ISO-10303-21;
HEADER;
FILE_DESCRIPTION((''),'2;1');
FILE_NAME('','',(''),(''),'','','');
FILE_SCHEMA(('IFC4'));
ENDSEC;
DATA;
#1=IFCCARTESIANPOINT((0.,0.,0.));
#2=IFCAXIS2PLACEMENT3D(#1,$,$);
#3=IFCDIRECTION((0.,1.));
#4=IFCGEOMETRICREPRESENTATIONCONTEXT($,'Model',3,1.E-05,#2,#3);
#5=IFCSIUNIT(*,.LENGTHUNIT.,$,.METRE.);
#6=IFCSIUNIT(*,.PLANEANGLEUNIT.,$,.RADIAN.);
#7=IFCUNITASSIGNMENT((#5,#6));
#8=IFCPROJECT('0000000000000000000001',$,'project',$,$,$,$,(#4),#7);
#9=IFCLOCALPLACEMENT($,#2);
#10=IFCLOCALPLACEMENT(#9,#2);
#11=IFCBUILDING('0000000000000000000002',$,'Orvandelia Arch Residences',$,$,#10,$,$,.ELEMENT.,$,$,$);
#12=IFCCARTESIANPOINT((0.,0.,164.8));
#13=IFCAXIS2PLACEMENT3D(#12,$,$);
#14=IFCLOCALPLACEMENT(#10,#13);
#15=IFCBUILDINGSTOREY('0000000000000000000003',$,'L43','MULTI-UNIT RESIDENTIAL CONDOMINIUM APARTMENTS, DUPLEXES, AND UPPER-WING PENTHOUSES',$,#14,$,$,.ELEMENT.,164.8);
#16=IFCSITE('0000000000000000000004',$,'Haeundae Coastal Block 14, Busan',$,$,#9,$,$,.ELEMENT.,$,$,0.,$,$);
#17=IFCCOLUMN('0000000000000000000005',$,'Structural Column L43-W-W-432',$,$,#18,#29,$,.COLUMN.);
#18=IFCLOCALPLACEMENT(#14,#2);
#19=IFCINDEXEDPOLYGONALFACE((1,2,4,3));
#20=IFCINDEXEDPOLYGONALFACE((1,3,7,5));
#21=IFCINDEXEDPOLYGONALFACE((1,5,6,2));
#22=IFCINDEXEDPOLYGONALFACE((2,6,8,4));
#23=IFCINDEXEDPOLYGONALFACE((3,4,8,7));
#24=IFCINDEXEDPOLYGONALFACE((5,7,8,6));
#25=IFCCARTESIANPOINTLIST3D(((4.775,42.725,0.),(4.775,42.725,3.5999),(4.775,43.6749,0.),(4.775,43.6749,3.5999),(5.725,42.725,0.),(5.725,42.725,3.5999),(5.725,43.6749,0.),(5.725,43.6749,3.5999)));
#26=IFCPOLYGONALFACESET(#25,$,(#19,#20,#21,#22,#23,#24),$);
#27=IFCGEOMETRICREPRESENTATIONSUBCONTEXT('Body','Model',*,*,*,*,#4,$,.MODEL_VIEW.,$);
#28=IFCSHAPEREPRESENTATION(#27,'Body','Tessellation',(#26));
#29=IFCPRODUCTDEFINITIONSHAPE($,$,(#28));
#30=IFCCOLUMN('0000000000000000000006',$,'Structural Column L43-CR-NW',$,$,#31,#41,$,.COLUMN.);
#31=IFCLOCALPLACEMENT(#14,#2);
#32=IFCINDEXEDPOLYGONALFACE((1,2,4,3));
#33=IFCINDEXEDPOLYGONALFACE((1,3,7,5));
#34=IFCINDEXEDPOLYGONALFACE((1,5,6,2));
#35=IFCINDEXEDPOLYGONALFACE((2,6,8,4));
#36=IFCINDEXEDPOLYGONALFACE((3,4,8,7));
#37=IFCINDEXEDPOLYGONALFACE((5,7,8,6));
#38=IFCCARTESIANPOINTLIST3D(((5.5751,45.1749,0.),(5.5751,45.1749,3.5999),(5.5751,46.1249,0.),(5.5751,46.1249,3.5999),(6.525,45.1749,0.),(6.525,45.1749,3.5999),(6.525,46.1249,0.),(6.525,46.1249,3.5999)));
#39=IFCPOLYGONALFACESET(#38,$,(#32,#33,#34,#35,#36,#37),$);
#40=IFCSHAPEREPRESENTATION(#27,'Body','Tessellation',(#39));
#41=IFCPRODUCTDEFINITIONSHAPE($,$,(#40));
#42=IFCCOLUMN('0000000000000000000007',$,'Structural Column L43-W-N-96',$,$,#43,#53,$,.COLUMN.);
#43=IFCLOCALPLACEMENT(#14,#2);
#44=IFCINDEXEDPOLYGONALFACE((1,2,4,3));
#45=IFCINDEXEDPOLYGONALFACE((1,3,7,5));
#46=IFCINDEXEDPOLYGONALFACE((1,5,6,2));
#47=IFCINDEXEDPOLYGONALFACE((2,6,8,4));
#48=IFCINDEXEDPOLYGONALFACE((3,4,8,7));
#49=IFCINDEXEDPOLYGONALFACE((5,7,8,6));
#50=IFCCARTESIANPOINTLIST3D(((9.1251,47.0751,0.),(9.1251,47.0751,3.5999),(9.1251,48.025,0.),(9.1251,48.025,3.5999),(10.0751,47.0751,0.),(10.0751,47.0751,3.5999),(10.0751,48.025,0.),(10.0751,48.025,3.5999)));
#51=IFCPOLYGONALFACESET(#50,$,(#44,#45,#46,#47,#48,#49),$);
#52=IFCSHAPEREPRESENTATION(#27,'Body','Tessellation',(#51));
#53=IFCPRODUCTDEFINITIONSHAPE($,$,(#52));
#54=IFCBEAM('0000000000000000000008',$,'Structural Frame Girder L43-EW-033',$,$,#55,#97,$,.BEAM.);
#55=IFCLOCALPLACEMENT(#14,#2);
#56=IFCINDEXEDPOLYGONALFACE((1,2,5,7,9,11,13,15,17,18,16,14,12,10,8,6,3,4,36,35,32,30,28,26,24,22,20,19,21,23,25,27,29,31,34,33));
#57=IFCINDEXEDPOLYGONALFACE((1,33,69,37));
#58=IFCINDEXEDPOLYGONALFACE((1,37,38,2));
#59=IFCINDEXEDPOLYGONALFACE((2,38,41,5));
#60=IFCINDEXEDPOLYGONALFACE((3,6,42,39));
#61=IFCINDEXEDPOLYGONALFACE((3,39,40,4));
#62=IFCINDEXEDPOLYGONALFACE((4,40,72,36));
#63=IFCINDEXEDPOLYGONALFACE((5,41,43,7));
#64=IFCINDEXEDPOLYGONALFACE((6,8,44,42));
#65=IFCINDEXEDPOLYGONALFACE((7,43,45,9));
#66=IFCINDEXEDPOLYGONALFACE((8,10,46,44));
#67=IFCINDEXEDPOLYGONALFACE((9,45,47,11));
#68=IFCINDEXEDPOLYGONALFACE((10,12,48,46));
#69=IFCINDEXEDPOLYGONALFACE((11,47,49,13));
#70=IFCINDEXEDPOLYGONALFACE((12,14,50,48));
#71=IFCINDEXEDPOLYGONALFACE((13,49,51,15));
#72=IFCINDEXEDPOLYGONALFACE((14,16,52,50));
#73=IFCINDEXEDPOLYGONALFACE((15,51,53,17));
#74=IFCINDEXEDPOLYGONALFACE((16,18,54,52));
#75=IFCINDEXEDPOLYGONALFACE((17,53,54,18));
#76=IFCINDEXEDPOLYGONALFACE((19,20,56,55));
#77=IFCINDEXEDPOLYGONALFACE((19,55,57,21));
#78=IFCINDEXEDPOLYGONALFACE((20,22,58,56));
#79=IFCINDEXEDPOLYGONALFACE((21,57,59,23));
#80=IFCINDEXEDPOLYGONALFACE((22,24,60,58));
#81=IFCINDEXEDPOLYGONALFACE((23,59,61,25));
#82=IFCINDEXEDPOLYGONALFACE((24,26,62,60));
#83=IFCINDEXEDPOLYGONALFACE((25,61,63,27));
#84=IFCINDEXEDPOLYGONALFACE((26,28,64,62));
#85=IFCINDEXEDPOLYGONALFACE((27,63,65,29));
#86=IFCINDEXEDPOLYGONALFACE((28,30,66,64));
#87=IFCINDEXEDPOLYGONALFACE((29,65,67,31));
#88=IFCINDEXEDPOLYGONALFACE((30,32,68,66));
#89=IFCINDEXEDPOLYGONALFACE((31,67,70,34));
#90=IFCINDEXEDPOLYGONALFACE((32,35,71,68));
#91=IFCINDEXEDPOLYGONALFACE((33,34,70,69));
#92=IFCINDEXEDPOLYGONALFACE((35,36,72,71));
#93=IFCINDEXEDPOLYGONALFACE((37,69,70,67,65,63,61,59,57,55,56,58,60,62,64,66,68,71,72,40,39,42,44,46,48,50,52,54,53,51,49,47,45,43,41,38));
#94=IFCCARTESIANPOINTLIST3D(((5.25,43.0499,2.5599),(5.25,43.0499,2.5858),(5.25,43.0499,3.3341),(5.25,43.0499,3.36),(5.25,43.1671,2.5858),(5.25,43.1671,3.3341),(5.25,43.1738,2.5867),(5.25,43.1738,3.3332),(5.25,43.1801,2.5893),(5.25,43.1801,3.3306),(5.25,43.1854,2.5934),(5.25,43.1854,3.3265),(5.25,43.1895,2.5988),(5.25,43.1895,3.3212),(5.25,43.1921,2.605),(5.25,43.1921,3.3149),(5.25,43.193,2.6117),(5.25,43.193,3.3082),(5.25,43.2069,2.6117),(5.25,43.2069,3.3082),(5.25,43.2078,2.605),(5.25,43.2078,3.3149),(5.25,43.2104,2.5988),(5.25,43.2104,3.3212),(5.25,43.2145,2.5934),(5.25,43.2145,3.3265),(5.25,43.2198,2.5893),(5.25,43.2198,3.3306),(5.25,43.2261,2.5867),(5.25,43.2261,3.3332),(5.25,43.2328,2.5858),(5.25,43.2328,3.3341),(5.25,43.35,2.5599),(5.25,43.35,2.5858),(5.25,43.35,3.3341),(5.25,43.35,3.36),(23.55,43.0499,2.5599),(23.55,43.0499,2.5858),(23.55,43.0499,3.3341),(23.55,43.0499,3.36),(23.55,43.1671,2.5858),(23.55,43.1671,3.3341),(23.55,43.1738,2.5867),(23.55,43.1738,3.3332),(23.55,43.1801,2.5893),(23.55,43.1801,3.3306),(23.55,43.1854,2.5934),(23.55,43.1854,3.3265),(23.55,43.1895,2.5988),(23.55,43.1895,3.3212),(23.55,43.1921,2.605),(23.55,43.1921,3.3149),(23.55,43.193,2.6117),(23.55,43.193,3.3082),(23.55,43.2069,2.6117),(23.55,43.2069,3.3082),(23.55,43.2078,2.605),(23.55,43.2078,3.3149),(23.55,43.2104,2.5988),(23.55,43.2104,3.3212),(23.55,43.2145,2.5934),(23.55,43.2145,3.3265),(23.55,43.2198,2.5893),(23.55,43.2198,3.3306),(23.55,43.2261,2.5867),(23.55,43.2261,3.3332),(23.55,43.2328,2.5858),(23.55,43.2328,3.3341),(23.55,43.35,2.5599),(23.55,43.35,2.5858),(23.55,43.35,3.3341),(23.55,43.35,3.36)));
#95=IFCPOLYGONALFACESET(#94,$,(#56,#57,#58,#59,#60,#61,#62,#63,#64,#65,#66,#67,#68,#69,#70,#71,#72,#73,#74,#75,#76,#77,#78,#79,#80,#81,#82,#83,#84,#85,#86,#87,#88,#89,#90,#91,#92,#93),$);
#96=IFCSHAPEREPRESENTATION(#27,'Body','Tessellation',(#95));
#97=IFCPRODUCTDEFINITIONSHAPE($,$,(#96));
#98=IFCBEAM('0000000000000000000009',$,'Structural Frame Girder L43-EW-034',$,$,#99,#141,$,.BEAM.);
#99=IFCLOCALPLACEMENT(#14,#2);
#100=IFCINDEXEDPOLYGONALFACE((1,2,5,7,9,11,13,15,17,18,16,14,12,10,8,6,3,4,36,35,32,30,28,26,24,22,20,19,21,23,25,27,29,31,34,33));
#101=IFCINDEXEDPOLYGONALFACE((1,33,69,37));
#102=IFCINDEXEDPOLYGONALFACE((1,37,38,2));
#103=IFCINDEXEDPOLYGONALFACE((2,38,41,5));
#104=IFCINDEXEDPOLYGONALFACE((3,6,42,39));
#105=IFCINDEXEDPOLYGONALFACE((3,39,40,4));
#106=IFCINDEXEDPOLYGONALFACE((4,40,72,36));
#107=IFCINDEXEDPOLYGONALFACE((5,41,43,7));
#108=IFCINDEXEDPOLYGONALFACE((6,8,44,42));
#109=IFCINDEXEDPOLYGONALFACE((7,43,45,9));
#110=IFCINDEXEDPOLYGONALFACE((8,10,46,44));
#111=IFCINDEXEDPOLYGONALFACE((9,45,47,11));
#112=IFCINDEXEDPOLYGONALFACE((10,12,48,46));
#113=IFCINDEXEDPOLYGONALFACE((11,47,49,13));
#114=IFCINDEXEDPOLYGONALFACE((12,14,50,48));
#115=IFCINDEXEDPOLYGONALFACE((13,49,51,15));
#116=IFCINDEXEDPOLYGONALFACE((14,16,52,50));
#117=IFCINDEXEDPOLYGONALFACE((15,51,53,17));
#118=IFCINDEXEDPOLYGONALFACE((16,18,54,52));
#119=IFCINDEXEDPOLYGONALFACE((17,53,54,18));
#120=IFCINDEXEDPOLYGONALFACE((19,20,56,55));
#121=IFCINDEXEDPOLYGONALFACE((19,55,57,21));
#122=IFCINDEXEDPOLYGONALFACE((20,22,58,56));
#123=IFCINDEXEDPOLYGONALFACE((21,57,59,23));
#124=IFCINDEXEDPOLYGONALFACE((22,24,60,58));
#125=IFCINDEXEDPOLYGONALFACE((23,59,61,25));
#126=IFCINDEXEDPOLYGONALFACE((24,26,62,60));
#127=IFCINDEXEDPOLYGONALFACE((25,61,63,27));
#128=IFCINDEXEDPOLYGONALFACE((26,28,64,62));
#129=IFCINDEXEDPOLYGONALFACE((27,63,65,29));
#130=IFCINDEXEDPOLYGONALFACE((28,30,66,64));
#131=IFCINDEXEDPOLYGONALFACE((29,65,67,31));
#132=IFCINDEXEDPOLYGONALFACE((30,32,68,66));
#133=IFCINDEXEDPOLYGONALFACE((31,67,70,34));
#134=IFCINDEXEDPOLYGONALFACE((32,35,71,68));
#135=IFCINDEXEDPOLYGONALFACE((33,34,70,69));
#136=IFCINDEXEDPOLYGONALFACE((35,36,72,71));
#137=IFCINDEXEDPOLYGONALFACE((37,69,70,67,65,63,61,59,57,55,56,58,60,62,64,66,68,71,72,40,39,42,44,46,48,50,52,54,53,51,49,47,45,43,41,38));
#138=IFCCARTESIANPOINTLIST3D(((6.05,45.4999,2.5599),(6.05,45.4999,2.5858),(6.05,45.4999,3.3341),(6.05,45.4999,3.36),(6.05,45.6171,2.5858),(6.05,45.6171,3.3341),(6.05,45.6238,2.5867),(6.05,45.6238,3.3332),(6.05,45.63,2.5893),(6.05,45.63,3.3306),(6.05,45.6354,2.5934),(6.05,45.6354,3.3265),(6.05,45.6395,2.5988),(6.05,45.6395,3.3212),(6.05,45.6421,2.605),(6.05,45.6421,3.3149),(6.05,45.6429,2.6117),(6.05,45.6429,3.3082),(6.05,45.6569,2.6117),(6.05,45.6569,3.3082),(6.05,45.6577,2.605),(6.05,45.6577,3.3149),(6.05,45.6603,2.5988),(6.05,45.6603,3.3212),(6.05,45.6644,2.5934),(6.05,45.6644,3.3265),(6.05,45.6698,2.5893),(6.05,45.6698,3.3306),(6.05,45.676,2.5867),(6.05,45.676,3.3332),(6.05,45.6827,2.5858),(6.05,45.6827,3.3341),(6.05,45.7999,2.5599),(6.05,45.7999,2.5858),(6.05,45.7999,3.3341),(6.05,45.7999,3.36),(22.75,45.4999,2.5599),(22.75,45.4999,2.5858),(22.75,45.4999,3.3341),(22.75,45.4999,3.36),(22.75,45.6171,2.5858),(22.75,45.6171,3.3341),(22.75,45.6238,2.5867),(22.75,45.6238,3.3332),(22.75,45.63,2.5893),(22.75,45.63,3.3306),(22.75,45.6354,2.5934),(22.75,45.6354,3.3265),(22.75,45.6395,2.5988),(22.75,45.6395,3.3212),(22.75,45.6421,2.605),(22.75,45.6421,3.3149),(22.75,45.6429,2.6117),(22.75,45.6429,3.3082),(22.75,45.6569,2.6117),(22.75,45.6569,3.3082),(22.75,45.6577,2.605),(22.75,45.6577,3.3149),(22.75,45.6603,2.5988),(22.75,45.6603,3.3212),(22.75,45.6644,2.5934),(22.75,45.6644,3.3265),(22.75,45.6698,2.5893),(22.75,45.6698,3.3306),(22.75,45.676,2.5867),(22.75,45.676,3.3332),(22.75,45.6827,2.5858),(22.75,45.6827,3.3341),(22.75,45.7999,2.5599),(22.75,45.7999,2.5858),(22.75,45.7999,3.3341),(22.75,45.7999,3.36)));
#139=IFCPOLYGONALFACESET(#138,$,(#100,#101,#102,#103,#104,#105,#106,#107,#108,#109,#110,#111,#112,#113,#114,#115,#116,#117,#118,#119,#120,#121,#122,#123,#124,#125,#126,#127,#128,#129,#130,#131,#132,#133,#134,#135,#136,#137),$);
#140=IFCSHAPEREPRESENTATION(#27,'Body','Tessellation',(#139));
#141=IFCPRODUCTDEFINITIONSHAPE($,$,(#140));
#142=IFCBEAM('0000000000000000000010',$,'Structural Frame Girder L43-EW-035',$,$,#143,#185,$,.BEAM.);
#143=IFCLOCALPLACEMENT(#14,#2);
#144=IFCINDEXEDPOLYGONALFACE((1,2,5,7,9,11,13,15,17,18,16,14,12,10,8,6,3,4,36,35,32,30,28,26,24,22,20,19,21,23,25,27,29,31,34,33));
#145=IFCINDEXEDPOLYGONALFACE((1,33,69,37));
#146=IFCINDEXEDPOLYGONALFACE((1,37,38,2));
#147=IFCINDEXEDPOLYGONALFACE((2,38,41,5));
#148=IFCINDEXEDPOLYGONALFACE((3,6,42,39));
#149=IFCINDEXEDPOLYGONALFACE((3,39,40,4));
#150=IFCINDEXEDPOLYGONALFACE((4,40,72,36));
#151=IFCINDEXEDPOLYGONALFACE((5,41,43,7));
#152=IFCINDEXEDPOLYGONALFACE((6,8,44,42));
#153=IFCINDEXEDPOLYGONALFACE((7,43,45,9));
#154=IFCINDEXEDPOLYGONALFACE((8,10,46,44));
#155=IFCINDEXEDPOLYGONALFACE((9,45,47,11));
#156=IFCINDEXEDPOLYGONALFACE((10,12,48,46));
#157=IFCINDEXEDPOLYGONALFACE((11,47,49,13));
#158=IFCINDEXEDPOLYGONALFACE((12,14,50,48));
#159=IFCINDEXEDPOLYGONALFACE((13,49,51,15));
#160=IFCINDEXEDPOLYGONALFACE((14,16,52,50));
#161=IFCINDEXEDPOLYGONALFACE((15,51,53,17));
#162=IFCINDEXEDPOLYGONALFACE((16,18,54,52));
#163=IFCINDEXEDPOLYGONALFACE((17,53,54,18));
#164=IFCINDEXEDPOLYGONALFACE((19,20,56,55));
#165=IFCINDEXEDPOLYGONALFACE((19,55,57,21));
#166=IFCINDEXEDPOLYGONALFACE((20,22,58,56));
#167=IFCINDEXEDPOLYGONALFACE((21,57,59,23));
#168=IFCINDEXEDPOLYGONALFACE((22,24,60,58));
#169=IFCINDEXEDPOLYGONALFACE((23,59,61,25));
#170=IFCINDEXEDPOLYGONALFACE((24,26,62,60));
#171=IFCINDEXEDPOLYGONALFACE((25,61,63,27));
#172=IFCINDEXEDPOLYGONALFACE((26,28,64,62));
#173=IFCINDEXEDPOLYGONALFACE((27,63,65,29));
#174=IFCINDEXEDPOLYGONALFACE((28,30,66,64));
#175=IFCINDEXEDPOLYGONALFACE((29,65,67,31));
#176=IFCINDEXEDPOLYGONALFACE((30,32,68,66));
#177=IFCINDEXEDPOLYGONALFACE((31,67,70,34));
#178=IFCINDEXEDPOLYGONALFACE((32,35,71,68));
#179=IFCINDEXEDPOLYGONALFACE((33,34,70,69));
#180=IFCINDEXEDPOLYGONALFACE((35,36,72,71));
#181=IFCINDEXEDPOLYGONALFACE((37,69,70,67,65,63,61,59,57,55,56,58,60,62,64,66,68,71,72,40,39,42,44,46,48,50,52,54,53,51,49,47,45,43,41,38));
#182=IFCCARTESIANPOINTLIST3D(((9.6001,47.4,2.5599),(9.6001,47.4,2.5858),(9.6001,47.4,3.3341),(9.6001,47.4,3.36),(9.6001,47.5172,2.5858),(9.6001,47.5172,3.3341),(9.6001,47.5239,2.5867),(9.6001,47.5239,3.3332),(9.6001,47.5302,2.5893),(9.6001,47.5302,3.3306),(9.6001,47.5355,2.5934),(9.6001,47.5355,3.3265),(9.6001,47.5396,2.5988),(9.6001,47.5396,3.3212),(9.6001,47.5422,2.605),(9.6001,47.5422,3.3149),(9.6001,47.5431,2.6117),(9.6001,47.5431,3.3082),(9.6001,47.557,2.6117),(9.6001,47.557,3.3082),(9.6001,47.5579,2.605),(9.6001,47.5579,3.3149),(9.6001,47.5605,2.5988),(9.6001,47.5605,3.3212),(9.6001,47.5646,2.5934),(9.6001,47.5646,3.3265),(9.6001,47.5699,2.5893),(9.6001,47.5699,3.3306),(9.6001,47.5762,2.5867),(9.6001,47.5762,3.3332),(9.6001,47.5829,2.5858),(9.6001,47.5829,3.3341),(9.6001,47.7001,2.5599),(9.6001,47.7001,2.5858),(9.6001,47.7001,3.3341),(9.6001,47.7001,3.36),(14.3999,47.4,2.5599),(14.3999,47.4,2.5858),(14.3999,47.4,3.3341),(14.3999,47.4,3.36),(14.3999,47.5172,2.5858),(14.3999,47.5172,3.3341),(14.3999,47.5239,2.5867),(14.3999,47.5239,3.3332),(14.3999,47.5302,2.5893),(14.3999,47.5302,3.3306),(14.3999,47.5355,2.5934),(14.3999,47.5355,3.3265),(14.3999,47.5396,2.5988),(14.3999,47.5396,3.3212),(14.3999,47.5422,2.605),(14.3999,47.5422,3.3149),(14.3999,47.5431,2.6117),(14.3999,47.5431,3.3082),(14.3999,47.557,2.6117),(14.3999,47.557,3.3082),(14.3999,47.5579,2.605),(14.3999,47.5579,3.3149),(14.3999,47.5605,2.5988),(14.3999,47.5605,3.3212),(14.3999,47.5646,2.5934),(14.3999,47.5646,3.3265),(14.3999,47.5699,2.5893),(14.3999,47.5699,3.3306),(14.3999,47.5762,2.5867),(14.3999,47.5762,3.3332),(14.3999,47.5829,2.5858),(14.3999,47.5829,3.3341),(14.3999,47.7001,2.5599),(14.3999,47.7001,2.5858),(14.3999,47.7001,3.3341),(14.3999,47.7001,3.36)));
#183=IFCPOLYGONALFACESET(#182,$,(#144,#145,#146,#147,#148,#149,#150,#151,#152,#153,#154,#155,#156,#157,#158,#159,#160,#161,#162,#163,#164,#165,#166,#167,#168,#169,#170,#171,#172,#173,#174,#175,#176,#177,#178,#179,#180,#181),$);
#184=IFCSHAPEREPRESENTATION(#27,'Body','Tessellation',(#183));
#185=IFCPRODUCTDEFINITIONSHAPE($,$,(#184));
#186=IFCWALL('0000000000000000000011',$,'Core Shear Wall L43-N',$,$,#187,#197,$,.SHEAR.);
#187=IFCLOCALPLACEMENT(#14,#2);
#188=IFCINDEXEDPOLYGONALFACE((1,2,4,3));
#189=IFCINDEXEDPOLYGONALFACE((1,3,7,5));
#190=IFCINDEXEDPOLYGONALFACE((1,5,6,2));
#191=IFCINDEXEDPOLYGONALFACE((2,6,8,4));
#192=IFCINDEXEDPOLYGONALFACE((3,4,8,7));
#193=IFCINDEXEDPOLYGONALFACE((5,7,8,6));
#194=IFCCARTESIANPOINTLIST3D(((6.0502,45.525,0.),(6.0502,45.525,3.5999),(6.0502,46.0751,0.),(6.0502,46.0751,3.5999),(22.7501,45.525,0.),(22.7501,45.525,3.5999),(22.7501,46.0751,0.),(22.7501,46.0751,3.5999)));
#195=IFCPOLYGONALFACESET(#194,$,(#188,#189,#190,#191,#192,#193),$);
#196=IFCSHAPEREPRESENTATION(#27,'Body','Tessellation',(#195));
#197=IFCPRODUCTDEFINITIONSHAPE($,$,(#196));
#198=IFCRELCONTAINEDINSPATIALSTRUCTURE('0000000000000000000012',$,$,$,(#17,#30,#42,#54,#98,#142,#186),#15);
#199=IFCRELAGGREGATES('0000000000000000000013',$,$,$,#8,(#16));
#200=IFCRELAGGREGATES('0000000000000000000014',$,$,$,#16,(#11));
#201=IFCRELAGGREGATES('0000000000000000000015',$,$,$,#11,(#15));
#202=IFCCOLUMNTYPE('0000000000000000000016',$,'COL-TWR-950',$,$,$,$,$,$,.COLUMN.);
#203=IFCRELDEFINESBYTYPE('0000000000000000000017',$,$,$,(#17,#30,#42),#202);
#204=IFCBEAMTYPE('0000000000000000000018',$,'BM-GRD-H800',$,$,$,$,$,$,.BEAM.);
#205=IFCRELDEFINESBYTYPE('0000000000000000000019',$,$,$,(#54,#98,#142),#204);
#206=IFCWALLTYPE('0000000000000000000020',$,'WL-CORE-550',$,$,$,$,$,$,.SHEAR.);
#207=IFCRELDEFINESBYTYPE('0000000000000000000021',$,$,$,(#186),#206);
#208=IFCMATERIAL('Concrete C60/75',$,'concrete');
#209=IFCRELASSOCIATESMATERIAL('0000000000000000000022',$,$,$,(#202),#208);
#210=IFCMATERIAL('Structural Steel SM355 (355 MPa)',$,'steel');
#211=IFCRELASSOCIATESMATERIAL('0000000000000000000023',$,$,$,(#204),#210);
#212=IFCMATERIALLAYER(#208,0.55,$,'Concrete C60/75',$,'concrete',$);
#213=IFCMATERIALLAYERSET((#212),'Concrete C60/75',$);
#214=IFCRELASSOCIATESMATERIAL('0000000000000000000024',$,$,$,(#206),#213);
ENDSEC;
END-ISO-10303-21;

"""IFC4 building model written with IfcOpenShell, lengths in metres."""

from ifc_helpers import new_model, si_unit, direction, frame, frame_2d, origin, origin_2d, place, context, subcontext, project, spatial, rectangle, i_section, extrude, material, layer, layer_set, material_profile, profile_set, type_object, element, save


model = new_model("IFC4")

# Units and contexts
model_context = context("Model", 3, precision=1e-05, world=origin(), true_north=direction((0.0, 1.0)))
body_context = subcontext(model_context, "Body", "Model", "MODEL_VIEW")
ifc_project = project(units=[si_unit("LENGTHUNIT", "METRE"), si_unit("PLANEANGLEUNIT", "RADIAN")], contexts=[model_context])

# Site, building, storey
site_placement = place(None, origin())
site = spatial("IfcSite", under=ifc_project, at=site_placement, Name="Haeundae Coastal Block 14, Busan", CompositionType="ELEMENT", RefElevation=0.0)
building_placement = place(site_placement, origin())
building = spatial("IfcBuilding", under=site, at=building_placement, Name="Orvandelia Arch Residences", CompositionType="ELEMENT")
storey_placement = place(building_placement, frame((0.0, 0.0, 164.8)))
storey = spatial("IfcBuildingStorey", under=building, at=storey_placement, Name="L43", Description="MULTI-UNIT RESIDENTIAL CONDOMINIUM APARTMENTS, DUPLEXES, AND UPPER-WING PENTHOUSES", CompositionType="ELEMENT", Elevation=164.8)

# Columns
ifc_material_1 = material(Name="Concrete C60/75", Category="concrete")
ifc_material_profile_1 = material_profile(ifc_material_1, rectangle(XDim=0.95, YDim=0.95, at=origin_2d()), Name="Concrete C60/75", Category="concrete")
ifc_profile_set_1 = profile_set([ifc_material_profile_1], Name="Concrete C60/75")
column_type = type_object("IfcColumnType", Name="COL-TWR-950", PredefinedType="COLUMN", material=ifc_profile_set_1)
for number, where, z_axis, x_axis, name in (
    (1, (5.25, 43.2, 0.0), (0.0, 0.0, 1.0), (1.0, 0.0, 0.0), "Structural Column L43-W-W-432"),
    (2, (6.05, 45.6499, 0.0), (0.0, 0.0, 1.0), (1.0, 0.0, 0.0), "Structural Column L43-CR-NW"),
    (3, (9.6001, 47.55, 0.0), (0.0, 0.0, 1.0), (1.0, 0.0, 0.0), "Structural Column L43-W-N-96"),
):
    element("IfcColumn", number, at=place(storey_placement, frame(where, z_axis=z_axis, x_axis=x_axis)), inside=storey, type_object=column_type, Name=name, PredefinedType="COLUMN", context=body_context, shape_type="SweptSolid", body=[
        extrude(rectangle(XDim=0.95, YDim=0.95, at=origin_2d()), origin(), (0.0, 0.0, 1.0), 3.5999),
    ])

# Beams
ifc_material_2 = material(Name="Structural Steel SM355 (355 MPa)", Category="steel")
ifc_material_profile_2 = material_profile(ifc_material_2, i_section(OverallWidth=0.3, OverallDepth=0.8, WebThickness=0.0139, FlangeThickness=0.0259, FilletRadius=0.0259, at=origin_2d()), Name="Structural Steel SM355 (355 MPa)", Category="steel")
ifc_profile_set_2 = profile_set([ifc_material_profile_2], Name="Structural Steel SM355 (355 MPa)")
beam_type = type_object("IfcBeamType", Name="BM-GRD-H800", PredefinedType="BEAM", material=ifc_profile_set_2)
beam_1_placement = place(storey_placement, frame((5.25, 43.2, 2.96), z_axis=(1.0, 0.0, 0.0), x_axis=(0.0, 1.0, 0.0)))
element("IfcBeam", 4, at=beam_1_placement, inside=storey, type_object=beam_type, Name="Structural Frame Girder L43-EW-033", PredefinedType="BEAM", context=body_context, shape_type="SweptSolid", body=[
    extrude(i_section(OverallWidth=0.3, OverallDepth=0.8, WebThickness=0.0139, FlangeThickness=0.0259, FilletRadius=0.0259, at=origin_2d()), origin(), (0.0, 0.0, 1.0), 18.3),
])
beam_2_placement = place(storey_placement, frame((6.05, 45.6499, 2.96), z_axis=(1.0, 0.0, 0.0), x_axis=(0.0, 1.0, 0.0)))
element("IfcBeam", 5, at=beam_2_placement, inside=storey, type_object=beam_type, Name="Structural Frame Girder L43-EW-034", PredefinedType="BEAM", context=body_context, shape_type="SweptSolid", body=[
    extrude(i_section(OverallWidth=0.3, OverallDepth=0.8, WebThickness=0.0139, FlangeThickness=0.0259, FilletRadius=0.0259, at=origin_2d()), origin(), (0.0, 0.0, 1.0), 16.7),
])
beam_3_placement = place(storey_placement, frame((9.6001, 47.55, 2.96), z_axis=(1.0, 0.0, 0.0), x_axis=(0.0, 1.0, 0.0)))
element("IfcBeam", 6, at=beam_3_placement, inside=storey, type_object=beam_type, Name="Structural Frame Girder L43-EW-035", PredefinedType="BEAM", context=body_context, shape_type="SweptSolid", body=[
    extrude(i_section(OverallWidth=0.3, OverallDepth=0.8, WebThickness=0.0139, FlangeThickness=0.0259, FilletRadius=0.0259, at=origin_2d()), origin(), (0.0, 0.0, 1.0), 4.7998),
])

# Wall
ifc_layer_1 = layer(ifc_material_1, 0.55, Name="Concrete C60/75", Category="concrete")
ifc_layer_set_1 = layer_set([ifc_layer_1], Name="Concrete C60/75")
wall_type_1 = type_object("IfcWallType", Name="WL-CORE-550", PredefinedType="SHEAR", material=ifc_layer_set_1)
wall_1_placement = place(storey_placement, frame((6.05, 45.8, 0.0), z_axis=(0.0, 0.0, 1.0), x_axis=(1.0, 0.0, 0.0)))
element("IfcWall", 7, at=wall_1_placement, inside=storey, type_object=wall_type_1, Name="Core Shear Wall L43-N", PredefinedType="SHEAR", context=body_context, shape_type="SweptSolid", body=[
    extrude(rectangle(XDim=16.7, YDim=0.55, at=frame_2d((8.3501, 0.0))), origin(), (0.0, 0.0, 1.0), 3.5999),
])

save(model, "model.ifc")
